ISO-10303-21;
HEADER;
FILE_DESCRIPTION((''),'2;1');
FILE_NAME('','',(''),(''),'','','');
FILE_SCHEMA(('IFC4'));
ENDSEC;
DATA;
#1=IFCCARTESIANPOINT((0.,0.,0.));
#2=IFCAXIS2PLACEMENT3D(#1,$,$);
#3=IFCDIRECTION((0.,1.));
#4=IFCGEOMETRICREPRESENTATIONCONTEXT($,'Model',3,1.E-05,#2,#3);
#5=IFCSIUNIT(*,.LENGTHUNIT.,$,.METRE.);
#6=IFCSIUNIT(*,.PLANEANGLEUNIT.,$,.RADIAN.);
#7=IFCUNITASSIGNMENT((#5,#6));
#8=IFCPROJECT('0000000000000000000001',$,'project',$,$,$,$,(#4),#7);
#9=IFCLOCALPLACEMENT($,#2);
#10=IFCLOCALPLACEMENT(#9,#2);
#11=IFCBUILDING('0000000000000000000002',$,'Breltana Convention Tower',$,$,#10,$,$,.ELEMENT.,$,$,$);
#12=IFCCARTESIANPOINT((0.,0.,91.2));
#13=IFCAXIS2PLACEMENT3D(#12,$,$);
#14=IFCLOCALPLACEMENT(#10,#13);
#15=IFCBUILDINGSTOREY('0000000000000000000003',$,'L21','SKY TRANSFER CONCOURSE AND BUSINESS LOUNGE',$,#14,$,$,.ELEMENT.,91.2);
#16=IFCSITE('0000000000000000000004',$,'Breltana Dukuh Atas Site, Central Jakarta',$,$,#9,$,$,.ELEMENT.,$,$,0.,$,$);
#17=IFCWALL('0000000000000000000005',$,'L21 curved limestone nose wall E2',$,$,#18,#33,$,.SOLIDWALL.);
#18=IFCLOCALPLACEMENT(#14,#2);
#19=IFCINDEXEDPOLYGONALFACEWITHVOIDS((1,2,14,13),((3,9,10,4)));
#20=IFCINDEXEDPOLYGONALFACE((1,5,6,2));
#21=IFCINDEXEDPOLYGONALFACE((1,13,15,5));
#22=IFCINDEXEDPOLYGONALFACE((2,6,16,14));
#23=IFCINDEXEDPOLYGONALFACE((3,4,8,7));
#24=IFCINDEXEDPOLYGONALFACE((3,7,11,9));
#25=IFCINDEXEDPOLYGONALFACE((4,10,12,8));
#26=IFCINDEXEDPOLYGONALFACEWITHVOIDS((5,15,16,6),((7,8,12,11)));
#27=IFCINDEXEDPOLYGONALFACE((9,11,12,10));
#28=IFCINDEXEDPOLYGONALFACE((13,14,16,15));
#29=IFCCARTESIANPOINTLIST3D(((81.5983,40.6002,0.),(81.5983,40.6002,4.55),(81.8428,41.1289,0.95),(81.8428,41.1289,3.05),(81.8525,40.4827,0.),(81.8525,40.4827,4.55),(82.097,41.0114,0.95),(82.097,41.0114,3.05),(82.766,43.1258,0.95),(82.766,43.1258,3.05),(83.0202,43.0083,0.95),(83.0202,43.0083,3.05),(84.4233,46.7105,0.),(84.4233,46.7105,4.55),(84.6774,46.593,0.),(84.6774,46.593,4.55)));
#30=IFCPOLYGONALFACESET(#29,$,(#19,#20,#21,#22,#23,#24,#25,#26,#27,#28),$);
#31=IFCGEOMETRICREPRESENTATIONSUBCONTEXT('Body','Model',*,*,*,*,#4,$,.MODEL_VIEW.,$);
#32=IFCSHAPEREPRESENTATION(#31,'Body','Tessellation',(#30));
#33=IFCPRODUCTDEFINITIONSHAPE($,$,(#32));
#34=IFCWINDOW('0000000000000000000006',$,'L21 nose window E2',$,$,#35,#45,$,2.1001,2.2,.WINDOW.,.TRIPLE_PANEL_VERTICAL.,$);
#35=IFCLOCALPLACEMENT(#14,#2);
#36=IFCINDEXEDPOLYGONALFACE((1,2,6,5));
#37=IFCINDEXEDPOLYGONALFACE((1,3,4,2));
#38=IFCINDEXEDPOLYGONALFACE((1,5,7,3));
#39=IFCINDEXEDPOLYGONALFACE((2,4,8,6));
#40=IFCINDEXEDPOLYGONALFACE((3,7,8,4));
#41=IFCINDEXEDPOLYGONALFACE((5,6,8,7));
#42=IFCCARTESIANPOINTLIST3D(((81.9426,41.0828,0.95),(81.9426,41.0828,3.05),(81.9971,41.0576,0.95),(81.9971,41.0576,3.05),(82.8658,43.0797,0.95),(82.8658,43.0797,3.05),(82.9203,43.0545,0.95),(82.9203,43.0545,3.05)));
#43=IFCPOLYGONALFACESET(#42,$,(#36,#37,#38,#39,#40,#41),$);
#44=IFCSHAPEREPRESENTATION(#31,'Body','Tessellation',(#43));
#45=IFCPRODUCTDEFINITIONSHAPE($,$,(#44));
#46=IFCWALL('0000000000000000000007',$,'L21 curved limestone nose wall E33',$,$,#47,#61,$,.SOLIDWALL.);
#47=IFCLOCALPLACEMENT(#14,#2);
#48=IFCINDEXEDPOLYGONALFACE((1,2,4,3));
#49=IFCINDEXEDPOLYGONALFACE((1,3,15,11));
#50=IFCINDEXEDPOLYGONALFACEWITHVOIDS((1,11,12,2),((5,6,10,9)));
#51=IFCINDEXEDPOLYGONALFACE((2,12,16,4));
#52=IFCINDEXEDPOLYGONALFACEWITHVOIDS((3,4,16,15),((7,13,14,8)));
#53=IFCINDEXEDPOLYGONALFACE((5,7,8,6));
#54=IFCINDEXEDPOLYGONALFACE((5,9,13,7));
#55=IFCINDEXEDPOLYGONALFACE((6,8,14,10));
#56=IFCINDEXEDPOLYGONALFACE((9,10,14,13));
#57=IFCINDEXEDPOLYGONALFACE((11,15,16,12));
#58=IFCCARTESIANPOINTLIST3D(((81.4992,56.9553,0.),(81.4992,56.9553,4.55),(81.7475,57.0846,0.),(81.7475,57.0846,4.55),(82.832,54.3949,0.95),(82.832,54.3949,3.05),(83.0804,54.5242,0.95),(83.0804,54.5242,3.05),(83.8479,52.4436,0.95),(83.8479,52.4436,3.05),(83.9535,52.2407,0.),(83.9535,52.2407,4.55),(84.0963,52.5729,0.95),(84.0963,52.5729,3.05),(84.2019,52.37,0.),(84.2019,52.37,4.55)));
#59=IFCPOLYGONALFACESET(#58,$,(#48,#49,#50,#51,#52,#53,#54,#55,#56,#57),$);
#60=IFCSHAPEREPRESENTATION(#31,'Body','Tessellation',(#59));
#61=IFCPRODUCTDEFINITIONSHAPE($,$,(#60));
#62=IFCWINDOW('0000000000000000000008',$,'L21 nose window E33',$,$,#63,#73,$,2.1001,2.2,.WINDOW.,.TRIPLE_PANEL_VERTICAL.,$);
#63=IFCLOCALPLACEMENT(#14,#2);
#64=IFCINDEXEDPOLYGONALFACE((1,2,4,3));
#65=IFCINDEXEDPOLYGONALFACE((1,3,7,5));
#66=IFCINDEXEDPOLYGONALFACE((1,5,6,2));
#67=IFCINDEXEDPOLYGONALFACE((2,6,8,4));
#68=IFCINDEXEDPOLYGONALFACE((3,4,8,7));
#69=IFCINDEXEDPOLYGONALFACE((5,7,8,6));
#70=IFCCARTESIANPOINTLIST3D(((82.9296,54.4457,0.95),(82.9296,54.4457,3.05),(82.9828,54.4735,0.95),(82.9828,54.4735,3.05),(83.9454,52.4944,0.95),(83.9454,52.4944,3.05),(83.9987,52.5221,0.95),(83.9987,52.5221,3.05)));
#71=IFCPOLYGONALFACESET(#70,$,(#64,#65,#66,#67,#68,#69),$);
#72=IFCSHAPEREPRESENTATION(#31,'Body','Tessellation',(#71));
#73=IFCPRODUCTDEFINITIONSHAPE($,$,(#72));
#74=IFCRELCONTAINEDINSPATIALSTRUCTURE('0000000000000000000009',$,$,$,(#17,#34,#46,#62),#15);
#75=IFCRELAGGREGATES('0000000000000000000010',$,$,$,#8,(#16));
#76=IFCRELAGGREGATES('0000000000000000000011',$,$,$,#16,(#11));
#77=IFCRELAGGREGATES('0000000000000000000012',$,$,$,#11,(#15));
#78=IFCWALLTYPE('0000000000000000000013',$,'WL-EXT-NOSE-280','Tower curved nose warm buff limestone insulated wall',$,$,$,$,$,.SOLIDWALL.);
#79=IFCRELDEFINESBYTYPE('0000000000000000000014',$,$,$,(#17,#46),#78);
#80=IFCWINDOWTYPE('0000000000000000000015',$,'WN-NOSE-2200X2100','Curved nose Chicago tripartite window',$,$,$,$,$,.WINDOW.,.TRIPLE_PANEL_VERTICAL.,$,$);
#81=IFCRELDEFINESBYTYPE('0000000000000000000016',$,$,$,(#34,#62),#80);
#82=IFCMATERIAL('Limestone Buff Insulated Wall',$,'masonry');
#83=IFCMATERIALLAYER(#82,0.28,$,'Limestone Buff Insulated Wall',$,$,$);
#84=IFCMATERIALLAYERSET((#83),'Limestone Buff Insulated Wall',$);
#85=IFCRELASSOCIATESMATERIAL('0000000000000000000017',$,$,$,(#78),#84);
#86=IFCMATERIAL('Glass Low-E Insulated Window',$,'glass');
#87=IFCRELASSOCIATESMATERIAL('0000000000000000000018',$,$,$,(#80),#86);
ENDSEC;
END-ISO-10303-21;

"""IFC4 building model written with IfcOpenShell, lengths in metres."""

from ifc_helpers import new_model, si_unit, direction, frame, frame_2d, origin, place, context, subcontext, project, spatial, rectangle, extrude, source, transform, mapped, material, layer, layer_set, type_object, type_shapes, element, fill, save


model = new_model("IFC4")

# Units and contexts
model_context = context("Model", 3, precision=1e-05, world=origin(), true_north=direction((0.0, 1.0)))
body_context = subcontext(model_context, "Body", "Model", "MODEL_VIEW")
ifc_project = project(units=[si_unit("LENGTHUNIT", "METRE"), si_unit("PLANEANGLEUNIT", "RADIAN")], contexts=[model_context])

# Site, building, storey
site_placement = place(None, origin())
site = spatial("IfcSite", under=ifc_project, at=site_placement, Name="Breltana Dukuh Atas Site, Central Jakarta", CompositionType="ELEMENT", RefElevation=0.0)
building_placement = place(site_placement, origin())
building = spatial("IfcBuilding", under=site, at=building_placement, Name="Breltana Convention Tower", CompositionType="ELEMENT")
storey_placement = place(building_placement, frame((0.0, 0.0, 91.2)))
storey = spatial("IfcBuildingStorey", under=building, at=storey_placement, Name="L21", Description="SKY TRANSFER CONCOURSE AND BUSINESS LOUNGE", CompositionType="ELEMENT", Elevation=91.2)

# Walls, openings, windows
ifc_material_1 = material(Name="Limestone Buff Insulated Wall", Category="masonry")
ifc_layer_1 = layer(ifc_material_1, 0.28, Name="Limestone Buff Insulated Wall")
ifc_layer_set_1 = layer_set([ifc_layer_1], Name="Limestone Buff Insulated Wall")
wall_type = type_object("IfcWallType", Name="WL-EXT-NOSE-280", Description="Tower curved nose warm buff limestone insulated wall", PredefinedType="SOLIDWALL", material=ifc_layer_set_1)
ifc_material_2 = material(Name="Glass Low-E Insulated Window", Category="glass")
window_type = type_object("IfcWindowType", Name="WN-NOSE-2200X2100", Description="Curved nose Chicago tripartite window", PartitioningType="TRIPLE_PANEL_VERTICAL", PredefinedType="WINDOW", material=ifc_material_2)
shared_shape_1 = source(origin(), body_context, "Body", "SweptSolid", [
    extrude(rectangle(XDim=2.2, YDim=2.1001, at=frame_2d((1.1001, 1.05))), frame((0.0, 0.03, 0.0), z_axis=(0.0, -1.0, 0.0), x_axis=(1.0, 0.0, 0.0)), (0.0, 0.0, 1.0), 0.0601),
])
type_shapes(window_type, [shared_shape_1])
shared_shape_2 = source(origin(), body_context, "Body", "SweptSolid", [
    extrude(rectangle(XDim=6.7317, YDim=0.28, at=frame_2d((3.3657, 0.0))), origin(), (0.0, 0.0, 1.0), 4.55),
])
wall_1_placement = place(storey_placement, frame((84.5503, 46.6516, 0.0), z_axis=(0.0, 0.0, 1.0), x_axis=(-0.419645, -0.907689, 0.0)))
wall_1 = element("IfcWall", 1, at=wall_1_placement, inside=storey, type_object=wall_type, Name="L21 curved limestone nose wall E2", PredefinedType="SOLIDWALL", context=body_context, shape_type="MappedRepresentation", body=[
    mapped(shared_shape_2, transform((0.0, 0.0, 0.0), scale=1.0)),
])
opening_1_placement = place(wall_1_placement, frame((3.949, 0.0, 0.95)))
opening_1 = element("IfcOpeningElement", 2, at=opening_1_placement, cuts=wall_1, PredefinedType="OPENING", context=body_context, shape_type="SweptSolid", body=[
    extrude(rectangle(XDim=2.2, YDim=2.1001, at=frame_2d((1.1001, 1.05))), frame((0.0, 0.1499, 0.0), z_axis=(0.0, -1.0, 0.0), x_axis=(1.0, 0.0, 0.0)), (0.0, 0.0, 1.0), 0.3),
])
window_1_placement = place(opening_1_placement, origin())
window_1 = element("IfcWindow", 3, at=window_1_placement, inside=storey, type_object=window_type, Name="L21 nose window E2", OverallHeight=2.1001, OverallWidth=2.2, PartitioningType="TRIPLE_PANEL_VERTICAL", PredefinedType="WINDOW", context=body_context, shape_type="MappedRepresentation", body=[
    mapped(shared_shape_1, transform((0.0, 0.0, 0.0), scale=1.0)),
])
fill(opening_1, window_1)
shared_shape_3 = source(origin(), body_context, "Body", "SweptSolid", [
    extrude(rectangle(XDim=5.3152, YDim=0.28, at=frame_2d((2.6577, 0.0))), origin(), (0.0, 0.0, 1.0), 4.55),
])
wall_2_placement = place(storey_placement, frame((81.6233, 57.02, 0.0), z_axis=(0.0, 0.0, 1.0), x_axis=(0.461761, -0.887005, 0.0)))
wall_2 = element("IfcWall", 4, at=wall_2_placement, inside=storey, type_object=wall_type, Name="L21 curved limestone nose wall E33", PredefinedType="SOLIDWALL", context=body_context, shape_type="MappedRepresentation", body=[
    mapped(shared_shape_3, transform((0.0, 0.0, 0.0), scale=1.0)),
])
opening_2_placement = place(wall_2_placement, frame((2.8865, 0.0, 0.95)))
opening_2 = element("IfcOpeningElement", 5, at=opening_2_placement, cuts=wall_2, PredefinedType="OPENING", context=body_context, shape_type="SweptSolid", body=[
    extrude(rectangle(XDim=2.2, YDim=2.1001, at=frame_2d((1.1001, 1.05))), frame((0.0, 0.1499, 0.0), z_axis=(0.0, -1.0, 0.0), x_axis=(1.0, 0.0, 0.0)), (0.0, 0.0, 1.0), 0.3),
])
window_2_placement = place(opening_2_placement, origin())
window_2 = element("IfcWindow", 6, at=window_2_placement, inside=storey, type_object=window_type, Name="L21 nose window E33", OverallHeight=2.1001, OverallWidth=2.2, PartitioningType="TRIPLE_PANEL_VERTICAL", PredefinedType="WINDOW", context=body_context, shape_type="MappedRepresentation", body=[
    mapped(shared_shape_1, transform((0.0, 0.0, 0.0), scale=1.0)),
])
fill(opening_2, window_2)

save(model, "model.ifc")
